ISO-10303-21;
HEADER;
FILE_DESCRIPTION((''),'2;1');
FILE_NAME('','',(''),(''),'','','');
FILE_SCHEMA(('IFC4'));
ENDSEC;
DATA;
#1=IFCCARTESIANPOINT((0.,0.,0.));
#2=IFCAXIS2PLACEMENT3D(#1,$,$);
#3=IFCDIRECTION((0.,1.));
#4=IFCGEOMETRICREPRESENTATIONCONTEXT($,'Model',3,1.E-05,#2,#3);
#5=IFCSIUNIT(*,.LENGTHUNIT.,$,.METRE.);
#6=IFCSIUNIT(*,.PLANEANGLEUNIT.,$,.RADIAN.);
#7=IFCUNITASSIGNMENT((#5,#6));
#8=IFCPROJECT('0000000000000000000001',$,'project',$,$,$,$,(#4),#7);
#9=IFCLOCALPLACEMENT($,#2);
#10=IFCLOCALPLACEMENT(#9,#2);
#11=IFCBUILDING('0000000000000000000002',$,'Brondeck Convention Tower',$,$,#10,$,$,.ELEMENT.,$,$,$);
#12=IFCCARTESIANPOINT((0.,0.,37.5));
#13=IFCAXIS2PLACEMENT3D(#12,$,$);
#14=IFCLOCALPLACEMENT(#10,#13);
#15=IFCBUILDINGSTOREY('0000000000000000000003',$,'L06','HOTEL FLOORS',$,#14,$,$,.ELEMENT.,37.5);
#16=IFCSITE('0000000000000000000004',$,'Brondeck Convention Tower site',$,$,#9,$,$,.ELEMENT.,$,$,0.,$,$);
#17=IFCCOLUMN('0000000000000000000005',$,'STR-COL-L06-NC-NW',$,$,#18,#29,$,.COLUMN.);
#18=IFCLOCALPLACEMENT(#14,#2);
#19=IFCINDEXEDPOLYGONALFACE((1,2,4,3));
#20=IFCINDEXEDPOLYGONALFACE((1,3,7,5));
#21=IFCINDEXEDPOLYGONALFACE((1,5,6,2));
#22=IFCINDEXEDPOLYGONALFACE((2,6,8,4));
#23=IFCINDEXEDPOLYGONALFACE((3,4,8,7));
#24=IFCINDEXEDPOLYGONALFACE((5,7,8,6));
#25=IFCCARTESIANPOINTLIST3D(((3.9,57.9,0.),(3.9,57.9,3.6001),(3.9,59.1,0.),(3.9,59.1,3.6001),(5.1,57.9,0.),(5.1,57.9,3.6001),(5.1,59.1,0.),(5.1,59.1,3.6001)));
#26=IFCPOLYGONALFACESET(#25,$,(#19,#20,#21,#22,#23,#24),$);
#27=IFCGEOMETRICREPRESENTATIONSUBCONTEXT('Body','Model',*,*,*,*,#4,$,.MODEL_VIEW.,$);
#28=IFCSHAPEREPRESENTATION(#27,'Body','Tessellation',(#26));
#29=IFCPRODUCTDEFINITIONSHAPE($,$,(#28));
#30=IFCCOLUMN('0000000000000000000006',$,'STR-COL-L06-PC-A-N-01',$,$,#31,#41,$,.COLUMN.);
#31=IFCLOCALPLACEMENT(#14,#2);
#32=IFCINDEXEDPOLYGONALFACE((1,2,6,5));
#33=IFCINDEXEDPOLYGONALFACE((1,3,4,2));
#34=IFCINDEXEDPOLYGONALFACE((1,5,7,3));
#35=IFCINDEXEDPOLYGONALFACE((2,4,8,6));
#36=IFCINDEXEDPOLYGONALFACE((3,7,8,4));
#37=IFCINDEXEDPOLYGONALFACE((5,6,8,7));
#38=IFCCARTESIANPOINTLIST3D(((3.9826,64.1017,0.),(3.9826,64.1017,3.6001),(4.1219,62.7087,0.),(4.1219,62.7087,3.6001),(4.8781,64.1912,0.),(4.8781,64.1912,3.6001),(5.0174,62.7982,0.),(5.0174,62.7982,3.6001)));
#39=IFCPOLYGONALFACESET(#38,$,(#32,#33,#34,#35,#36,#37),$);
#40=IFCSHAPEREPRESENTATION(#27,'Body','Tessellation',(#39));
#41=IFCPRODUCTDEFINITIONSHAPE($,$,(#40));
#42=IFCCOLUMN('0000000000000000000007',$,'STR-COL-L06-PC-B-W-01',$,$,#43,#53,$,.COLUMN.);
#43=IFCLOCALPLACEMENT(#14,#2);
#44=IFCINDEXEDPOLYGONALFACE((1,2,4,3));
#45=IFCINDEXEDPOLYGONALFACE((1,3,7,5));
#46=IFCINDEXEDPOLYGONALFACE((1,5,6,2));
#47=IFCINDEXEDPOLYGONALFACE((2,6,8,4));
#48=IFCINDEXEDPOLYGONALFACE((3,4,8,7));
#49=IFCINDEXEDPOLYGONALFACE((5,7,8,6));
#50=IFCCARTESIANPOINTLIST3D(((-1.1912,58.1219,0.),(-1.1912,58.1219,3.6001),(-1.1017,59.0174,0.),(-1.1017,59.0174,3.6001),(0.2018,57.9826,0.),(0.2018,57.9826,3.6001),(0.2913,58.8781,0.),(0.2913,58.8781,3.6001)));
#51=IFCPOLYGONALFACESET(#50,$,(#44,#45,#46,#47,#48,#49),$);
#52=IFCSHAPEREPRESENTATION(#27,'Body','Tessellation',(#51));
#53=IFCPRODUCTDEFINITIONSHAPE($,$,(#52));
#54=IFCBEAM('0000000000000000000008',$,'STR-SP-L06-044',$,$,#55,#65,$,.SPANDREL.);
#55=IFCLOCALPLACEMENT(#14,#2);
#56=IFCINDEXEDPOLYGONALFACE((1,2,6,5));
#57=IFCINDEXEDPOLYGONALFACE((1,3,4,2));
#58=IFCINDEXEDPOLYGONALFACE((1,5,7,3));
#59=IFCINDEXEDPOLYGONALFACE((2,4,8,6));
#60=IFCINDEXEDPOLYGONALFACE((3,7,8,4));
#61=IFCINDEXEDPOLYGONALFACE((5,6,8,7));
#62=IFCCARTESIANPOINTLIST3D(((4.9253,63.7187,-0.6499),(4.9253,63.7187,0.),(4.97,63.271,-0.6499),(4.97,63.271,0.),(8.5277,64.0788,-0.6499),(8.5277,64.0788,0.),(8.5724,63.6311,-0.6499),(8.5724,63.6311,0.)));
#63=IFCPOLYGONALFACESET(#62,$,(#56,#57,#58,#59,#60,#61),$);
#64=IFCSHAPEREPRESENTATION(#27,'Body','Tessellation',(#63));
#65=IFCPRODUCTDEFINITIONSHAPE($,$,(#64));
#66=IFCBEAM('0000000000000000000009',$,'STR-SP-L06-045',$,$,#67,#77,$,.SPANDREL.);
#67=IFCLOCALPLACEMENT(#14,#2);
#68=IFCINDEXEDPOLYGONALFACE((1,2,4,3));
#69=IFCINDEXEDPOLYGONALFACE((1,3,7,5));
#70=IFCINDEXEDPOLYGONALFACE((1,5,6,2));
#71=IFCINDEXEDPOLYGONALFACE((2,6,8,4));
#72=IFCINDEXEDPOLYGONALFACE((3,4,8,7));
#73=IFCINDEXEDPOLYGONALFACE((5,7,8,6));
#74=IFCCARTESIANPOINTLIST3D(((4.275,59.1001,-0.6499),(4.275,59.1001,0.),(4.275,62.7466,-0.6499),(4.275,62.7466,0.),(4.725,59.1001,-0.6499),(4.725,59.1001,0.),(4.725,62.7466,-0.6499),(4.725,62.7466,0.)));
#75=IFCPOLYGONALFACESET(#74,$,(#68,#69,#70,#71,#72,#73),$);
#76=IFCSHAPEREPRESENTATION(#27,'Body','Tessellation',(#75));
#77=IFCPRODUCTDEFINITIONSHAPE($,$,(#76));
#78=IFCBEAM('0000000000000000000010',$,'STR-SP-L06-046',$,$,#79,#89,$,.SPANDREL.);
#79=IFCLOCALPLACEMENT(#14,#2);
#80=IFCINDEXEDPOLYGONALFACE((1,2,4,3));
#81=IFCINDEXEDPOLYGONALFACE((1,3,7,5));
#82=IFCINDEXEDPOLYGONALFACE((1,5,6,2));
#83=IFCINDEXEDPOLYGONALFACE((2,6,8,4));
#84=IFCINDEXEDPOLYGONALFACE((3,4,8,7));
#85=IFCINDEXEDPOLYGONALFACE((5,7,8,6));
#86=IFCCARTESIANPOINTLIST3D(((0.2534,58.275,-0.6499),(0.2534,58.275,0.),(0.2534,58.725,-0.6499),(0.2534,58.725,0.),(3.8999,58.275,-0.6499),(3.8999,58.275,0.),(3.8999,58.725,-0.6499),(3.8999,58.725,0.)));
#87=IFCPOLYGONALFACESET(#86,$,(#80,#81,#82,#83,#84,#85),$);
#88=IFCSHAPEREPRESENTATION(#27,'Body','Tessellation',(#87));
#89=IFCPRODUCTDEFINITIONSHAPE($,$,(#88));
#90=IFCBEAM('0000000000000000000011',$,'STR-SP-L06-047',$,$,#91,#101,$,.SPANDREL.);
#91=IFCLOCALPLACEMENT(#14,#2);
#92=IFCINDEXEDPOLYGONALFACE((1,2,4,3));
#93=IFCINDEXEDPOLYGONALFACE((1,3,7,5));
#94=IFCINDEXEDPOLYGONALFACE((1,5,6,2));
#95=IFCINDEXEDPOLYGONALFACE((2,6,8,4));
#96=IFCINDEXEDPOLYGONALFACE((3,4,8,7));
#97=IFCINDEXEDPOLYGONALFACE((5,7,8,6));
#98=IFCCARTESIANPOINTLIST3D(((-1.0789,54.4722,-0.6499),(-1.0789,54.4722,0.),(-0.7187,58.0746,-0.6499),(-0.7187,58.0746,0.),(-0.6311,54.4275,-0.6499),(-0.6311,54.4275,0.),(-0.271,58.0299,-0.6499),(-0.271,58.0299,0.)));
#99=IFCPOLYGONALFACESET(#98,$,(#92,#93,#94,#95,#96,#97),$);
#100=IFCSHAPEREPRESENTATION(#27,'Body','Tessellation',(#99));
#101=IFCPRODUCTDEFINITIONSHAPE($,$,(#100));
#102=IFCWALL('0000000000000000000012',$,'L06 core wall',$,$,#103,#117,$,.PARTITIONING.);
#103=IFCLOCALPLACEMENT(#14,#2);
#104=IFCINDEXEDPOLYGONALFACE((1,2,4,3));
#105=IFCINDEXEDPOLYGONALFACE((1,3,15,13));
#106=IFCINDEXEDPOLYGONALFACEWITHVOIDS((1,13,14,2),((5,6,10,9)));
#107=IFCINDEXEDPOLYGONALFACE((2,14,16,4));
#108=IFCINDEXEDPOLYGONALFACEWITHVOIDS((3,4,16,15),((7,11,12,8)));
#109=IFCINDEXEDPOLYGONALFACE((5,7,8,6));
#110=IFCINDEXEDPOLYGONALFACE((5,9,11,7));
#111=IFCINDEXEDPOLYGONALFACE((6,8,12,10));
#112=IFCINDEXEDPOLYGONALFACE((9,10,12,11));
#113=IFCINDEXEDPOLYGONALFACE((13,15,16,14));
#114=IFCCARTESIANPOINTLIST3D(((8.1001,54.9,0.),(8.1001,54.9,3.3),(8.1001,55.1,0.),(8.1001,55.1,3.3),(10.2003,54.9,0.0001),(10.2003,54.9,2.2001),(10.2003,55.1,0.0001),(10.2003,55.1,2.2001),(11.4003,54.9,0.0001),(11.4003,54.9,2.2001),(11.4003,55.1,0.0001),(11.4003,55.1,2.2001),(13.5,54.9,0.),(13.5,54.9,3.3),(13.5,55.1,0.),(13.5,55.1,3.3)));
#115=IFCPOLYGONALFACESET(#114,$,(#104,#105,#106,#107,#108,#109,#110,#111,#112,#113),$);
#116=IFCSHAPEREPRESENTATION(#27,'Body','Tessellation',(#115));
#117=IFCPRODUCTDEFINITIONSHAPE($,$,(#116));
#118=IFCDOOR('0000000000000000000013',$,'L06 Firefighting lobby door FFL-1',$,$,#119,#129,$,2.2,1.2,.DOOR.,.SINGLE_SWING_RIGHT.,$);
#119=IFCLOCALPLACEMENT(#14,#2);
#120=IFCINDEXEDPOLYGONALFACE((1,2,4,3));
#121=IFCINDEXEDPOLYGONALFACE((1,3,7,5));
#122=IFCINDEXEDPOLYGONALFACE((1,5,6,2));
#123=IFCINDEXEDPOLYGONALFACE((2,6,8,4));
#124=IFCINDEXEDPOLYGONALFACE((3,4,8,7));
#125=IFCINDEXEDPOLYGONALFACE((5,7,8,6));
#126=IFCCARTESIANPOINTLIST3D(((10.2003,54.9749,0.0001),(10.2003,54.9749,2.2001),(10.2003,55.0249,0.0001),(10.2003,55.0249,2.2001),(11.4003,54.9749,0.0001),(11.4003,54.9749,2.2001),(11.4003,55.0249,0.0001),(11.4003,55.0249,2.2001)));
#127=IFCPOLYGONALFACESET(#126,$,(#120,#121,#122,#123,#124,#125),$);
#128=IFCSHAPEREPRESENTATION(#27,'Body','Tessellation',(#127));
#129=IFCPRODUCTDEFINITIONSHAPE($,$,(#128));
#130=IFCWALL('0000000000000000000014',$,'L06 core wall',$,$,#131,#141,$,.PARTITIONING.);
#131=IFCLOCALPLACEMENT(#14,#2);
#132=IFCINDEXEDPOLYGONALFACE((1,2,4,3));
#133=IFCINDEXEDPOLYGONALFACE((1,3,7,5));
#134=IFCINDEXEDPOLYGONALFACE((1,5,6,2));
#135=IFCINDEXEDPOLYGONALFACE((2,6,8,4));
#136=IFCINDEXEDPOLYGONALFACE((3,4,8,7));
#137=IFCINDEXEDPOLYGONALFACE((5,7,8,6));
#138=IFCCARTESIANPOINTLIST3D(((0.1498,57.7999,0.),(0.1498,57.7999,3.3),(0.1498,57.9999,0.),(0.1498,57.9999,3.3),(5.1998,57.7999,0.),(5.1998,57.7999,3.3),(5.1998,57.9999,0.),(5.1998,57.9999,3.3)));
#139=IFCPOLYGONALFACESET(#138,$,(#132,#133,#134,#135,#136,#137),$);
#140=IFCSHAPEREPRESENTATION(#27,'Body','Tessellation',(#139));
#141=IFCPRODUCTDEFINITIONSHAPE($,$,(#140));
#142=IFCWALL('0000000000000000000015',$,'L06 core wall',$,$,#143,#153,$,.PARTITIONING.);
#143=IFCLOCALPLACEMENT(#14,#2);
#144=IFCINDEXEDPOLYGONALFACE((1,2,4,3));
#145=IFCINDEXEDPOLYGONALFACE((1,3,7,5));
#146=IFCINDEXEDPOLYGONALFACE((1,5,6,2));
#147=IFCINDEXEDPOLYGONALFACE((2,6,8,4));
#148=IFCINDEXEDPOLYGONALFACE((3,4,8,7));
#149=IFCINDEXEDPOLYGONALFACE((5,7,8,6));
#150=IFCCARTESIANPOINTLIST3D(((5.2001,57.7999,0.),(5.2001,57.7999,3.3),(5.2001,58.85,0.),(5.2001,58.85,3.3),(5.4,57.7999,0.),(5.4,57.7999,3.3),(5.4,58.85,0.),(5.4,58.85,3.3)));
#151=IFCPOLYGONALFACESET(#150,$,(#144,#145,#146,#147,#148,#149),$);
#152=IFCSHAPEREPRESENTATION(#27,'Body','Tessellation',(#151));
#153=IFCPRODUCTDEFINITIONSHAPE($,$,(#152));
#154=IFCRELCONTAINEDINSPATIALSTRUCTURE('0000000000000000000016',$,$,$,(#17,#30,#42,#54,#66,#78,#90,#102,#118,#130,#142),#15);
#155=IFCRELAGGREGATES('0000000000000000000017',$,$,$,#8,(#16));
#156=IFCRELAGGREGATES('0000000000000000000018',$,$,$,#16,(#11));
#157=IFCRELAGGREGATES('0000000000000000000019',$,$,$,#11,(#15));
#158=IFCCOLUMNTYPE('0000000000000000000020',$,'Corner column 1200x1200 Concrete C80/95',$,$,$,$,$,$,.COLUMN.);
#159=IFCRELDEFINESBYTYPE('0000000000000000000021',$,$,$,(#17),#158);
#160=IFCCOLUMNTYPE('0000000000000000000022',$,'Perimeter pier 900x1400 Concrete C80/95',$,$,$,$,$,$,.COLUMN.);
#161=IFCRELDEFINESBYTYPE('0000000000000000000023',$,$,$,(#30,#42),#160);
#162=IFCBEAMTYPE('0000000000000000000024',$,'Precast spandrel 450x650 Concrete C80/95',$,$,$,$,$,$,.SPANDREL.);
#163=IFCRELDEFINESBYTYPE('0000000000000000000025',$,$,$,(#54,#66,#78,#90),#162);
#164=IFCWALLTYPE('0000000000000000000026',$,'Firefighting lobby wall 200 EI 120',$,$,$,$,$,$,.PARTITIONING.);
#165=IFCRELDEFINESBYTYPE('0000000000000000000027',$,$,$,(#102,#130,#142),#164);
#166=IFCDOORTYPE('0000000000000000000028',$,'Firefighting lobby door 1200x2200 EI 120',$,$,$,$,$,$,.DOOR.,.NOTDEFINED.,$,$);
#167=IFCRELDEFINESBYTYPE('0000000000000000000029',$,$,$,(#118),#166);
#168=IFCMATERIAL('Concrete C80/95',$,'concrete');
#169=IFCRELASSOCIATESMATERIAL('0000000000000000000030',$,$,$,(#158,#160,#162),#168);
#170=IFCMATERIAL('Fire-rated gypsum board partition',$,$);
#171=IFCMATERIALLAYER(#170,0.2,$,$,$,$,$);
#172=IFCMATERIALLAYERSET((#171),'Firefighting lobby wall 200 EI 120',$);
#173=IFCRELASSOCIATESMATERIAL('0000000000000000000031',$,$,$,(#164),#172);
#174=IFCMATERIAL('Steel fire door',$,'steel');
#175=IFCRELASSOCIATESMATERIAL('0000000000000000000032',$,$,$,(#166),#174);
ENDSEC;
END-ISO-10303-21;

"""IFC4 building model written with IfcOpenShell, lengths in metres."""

from ifc_helpers import new_model, si_unit, direction, frame, frame_2d, origin, origin_2d, place, context, subcontext, project, spatial, rectangle, extrude, material, layer, layer_set, material_profile, profile_set, type_object, element, fill, save


model = new_model("IFC4")

# Units and contexts
model_context = context("Model", 3, precision=1e-05, world=origin(), true_north=direction((0.0, 1.0)))
body_context = subcontext(model_context, "Body", "Model", "MODEL_VIEW")
ifc_project = project(units=[si_unit("LENGTHUNIT", "METRE"), si_unit("PLANEANGLEUNIT", "RADIAN")], contexts=[model_context])

# Site, building, storey
site_placement = place(None, origin())
site = spatial("IfcSite", under=ifc_project, at=site_placement, Name="Brondeck Convention Tower site", CompositionType="ELEMENT", RefElevation=0.0)
building_placement = place(site_placement, origin())
building = spatial("IfcBuilding", under=site, at=building_placement, Name="Brondeck Convention Tower", CompositionType="ELEMENT")
storey_placement = place(building_placement, frame((0.0, 0.0, 37.5)))
storey = spatial("IfcBuildingStorey", under=building, at=storey_placement, Name="L06", Description="HOTEL FLOORS", CompositionType="ELEMENT", Elevation=37.5)

# Columns
ifc_material_1 = material(Name="Concrete C80/95", Category="concrete")
ifc_material_profile_1 = material_profile(ifc_material_1, rectangle(XDim=1.2, YDim=1.2, at=origin_2d()), Name="Corner column 1200x1200 Concrete C80/95")
ifc_profile_set_1 = profile_set([ifc_material_profile_1], Name="Concrete C80/95")
column_type_1 = type_object("IfcColumnType", Name="Corner column 1200x1200 Concrete C80/95", PredefinedType="COLUMN", material=ifc_profile_set_1)
column_placement = place(storey_placement, frame((4.5, 58.5, 0.0), z_axis=(0.0, 0.0, 1.0), x_axis=(1.0, 0.0, 0.0)))
element("IfcColumn", 1, at=column_placement, inside=storey, type_object=column_type_1, Name="STR-COL-L06-NC-NW", PredefinedType="COLUMN", context=body_context, shape_type="SweptSolid", body=[
    extrude(rectangle(XDim=1.2, YDim=1.2, at=origin_2d()), origin(), (0.0, 0.0, 1.0), 3.6001),
])
ifc_material_profile_2 = material_profile(ifc_material_1, rectangle(XDim=0.8999, YDim=1.3999, at=origin_2d()), Name="Perimeter pier 900x1400 Concrete C80/95")
ifc_profile_set_2 = profile_set([ifc_material_profile_2], Name="Concrete C80/95")
column_type_2 = type_object("IfcColumnType", Name="Perimeter pier 900x1400 Concrete C80/95", PredefinedType="COLUMN", material=ifc_profile_set_2)
for number, where, z_axis, x_axis, name in (
    (2, (4.5, 63.45, 0.0), (0.0, 0.0, 1.0), (-0.995037, -0.099504, 0.0), "STR-COL-L06-PC-A-N-01"),
    (3, (-0.45, 58.5, 0.0), (0.0, 0.0, 1.0), (-0.099504, -0.995037, 0.0), "STR-COL-L06-PC-B-W-01"),
):
    element("IfcColumn", number, at=place(storey_placement, frame(where, z_axis=z_axis, x_axis=x_axis)), inside=storey, type_object=column_type_2, Name=name, PredefinedType="COLUMN", context=body_context, shape_type="SweptSolid", body=[
        extrude(rectangle(XDim=0.8999, YDim=1.3999, at=origin_2d()), origin(), (0.0, 0.0, 1.0), 3.6001),
    ])

# Beams
ifc_material_profile_3 = material_profile(ifc_material_1, rectangle(XDim=0.45, YDim=0.6499, at=origin_2d()), Name="Precast spandrel 450x650 Concrete C80/95")
ifc_profile_set_3 = profile_set([ifc_material_profile_3], Name="Concrete C80/95")
beam_type = type_object("IfcBeamType", Name="Precast spandrel 450x650 Concrete C80/95", PredefinedType="SPANDREL", material=ifc_profile_set_3)
beam_1_placement = place(storey_placement, frame((8.55, 63.855, -0.325), z_axis=(-0.995041, -0.09947, 0.0), x_axis=(0.09947, -0.995041, 0.0)))
element("IfcBeam", 4, at=beam_1_placement, inside=storey, type_object=beam_type, Name="STR-SP-L06-044", PredefinedType="SPANDREL", context=body_context, shape_type="SweptSolid", body=[
    extrude(rectangle(XDim=0.45, YDim=0.6499, at=origin_2d()), origin(), (0.0, 0.0, 1.0), 3.6204),
])
for number, where, z_axis, x_axis, name in (
    (5, (4.5, 62.7466, -0.325), (0.0, -1.0, 0.0), (1.0, 0.0, 0.0), "STR-SP-L06-045"),
    (6, (3.8999, 58.5, -0.325), (-1.0, 0.0, 0.0), (0.0, -1.0, 0.0), "STR-SP-L06-046"),
):
    element("IfcBeam", number, at=place(storey_placement, frame(where, z_axis=z_axis, x_axis=x_axis)), inside=storey, type_object=beam_type, Name=name, PredefinedType="SPANDREL", context=body_context, shape_type="SweptSolid", body=[
        extrude(rectangle(XDim=0.45, YDim=0.6499, at=origin_2d()), origin(), (0.0, 0.0, 1.0), 3.6465),
    ])
beam_2_placement = place(storey_placement, frame((-0.4949, 58.0522, -0.325), z_axis=(-0.09947, -0.995041, 0.0), x_axis=(0.995041, -0.09947, 0.0)))
element("IfcBeam", 7, at=beam_2_placement, inside=storey, type_object=beam_type, Name="STR-SP-L06-047", PredefinedType="SPANDREL", context=body_context, shape_type="SweptSolid", body=[
    extrude(rectangle(XDim=0.45, YDim=0.6499, at=origin_2d()), origin(), (0.0, 0.0, 1.0), 3.6204),
])

# Wall, opening, door
ifc_material_2 = material(Name="Fire-rated gypsum board partition")
ifc_layer_1 = layer(ifc_material_2, 0.2)
ifc_layer_set_1 = layer_set([ifc_layer_1], Name="Firefighting lobby wall 200 EI 120")
wall_type_1 = type_object("IfcWallType", Name="Firefighting lobby wall 200 EI 120", PredefinedType="PARTITIONING", material=ifc_layer_set_1)
wall_1_placement = place(storey_placement, frame((8.1001, 55.0, 0.0), z_axis=(0.0, 0.0, 1.0), x_axis=(1.0, 0.0, 0.0)))
wall_1 = element("IfcWall", 8, at=wall_1_placement, inside=storey, type_object=wall_type_1, Name="L06 core wall", PredefinedType="PARTITIONING", context=body_context, shape_type="SweptSolid", body=[
    extrude(rectangle(XDim=5.3999, YDim=0.2, at=frame_2d((2.7, 0.0))), origin(), (0.0, 0.0, 1.0), 3.3),
])
opening_1_placement = place(wall_1_placement, frame((2.1001, 0.0, 0.0)))
opening_1 = element("IfcOpeningElement", 9, at=opening_1_placement, cuts=wall_1, PredefinedType="OPENING", context=body_context, shape_type="SweptSolid", body=[
    extrude(rectangle(XDim=1.2, YDim=2.2, at=frame_2d((0.6001, 1.1001))), frame((0.0, 0.1099, 0.0), z_axis=(0.0, -1.0, 0.0), x_axis=(1.0, 0.0, 0.0)), (0.0, 0.0, 1.0), 0.22),
])
ifc_material_3 = material(Name="Steel fire door", Category="steel")
door_type_1 = type_object("IfcDoorType", Name="Firefighting lobby door 1200x2200 EI 120", OperationType="NOTDEFINED", PredefinedType="DOOR", material=ifc_material_3)
door_1_placement = place(opening_1_placement, origin())
door_1 = element("IfcDoor", 10, at=door_1_placement, inside=storey, type_object=door_type_1, Name="L06 Firefighting lobby door FFL-1", OperationType="SINGLE_SWING_RIGHT", OverallHeight=2.2, OverallWidth=1.2, PredefinedType="DOOR", context=body_context, shape_type="SweptSolid", body=[
    extrude(rectangle(XDim=1.2, YDim=2.2, at=frame_2d((0.6001, 1.1001))), frame((0.0, 0.0249, 0.0), z_axis=(0.0, -1.0, 0.0), x_axis=(1.0, 0.0, 0.0)), (0.0, 0.0, 1.0), 0.05),
])
fill(opening_1, door_1)

# Walls
wall_2_placement = place(storey_placement, frame((0.1499, 57.8999, 0.0), z_axis=(0.0, 0.0, 1.0), x_axis=(1.0, 0.0, 0.0)))
element("IfcWall", 11, at=wall_2_placement, inside=storey, type_object=wall_type_1, Name="L06 core wall", PredefinedType="PARTITIONING", context=body_context, shape_type="SweptSolid", body=[
    extrude(rectangle(XDim=5.05, YDim=0.2, at=frame_2d((2.5249, 0.0))), origin(), (0.0, 0.0, 1.0), 3.3),
])
wall_3_placement = place(storey_placement, frame((5.3, 57.8, 0.0), z_axis=(0.0, 0.0, 1.0), x_axis=(0.0, 1.0, 0.0)))
element("IfcWall", 12, at=wall_3_placement, inside=storey, type_object=wall_type_1, Name="L06 core wall", PredefinedType="PARTITIONING", context=body_context, shape_type="SweptSolid", body=[
    extrude(rectangle(XDim=1.05, YDim=0.2, at=frame_2d((0.5249, 0.0))), origin(), (0.0, 0.0, 1.0), 3.3),
])

save(model, "model.ifc")
